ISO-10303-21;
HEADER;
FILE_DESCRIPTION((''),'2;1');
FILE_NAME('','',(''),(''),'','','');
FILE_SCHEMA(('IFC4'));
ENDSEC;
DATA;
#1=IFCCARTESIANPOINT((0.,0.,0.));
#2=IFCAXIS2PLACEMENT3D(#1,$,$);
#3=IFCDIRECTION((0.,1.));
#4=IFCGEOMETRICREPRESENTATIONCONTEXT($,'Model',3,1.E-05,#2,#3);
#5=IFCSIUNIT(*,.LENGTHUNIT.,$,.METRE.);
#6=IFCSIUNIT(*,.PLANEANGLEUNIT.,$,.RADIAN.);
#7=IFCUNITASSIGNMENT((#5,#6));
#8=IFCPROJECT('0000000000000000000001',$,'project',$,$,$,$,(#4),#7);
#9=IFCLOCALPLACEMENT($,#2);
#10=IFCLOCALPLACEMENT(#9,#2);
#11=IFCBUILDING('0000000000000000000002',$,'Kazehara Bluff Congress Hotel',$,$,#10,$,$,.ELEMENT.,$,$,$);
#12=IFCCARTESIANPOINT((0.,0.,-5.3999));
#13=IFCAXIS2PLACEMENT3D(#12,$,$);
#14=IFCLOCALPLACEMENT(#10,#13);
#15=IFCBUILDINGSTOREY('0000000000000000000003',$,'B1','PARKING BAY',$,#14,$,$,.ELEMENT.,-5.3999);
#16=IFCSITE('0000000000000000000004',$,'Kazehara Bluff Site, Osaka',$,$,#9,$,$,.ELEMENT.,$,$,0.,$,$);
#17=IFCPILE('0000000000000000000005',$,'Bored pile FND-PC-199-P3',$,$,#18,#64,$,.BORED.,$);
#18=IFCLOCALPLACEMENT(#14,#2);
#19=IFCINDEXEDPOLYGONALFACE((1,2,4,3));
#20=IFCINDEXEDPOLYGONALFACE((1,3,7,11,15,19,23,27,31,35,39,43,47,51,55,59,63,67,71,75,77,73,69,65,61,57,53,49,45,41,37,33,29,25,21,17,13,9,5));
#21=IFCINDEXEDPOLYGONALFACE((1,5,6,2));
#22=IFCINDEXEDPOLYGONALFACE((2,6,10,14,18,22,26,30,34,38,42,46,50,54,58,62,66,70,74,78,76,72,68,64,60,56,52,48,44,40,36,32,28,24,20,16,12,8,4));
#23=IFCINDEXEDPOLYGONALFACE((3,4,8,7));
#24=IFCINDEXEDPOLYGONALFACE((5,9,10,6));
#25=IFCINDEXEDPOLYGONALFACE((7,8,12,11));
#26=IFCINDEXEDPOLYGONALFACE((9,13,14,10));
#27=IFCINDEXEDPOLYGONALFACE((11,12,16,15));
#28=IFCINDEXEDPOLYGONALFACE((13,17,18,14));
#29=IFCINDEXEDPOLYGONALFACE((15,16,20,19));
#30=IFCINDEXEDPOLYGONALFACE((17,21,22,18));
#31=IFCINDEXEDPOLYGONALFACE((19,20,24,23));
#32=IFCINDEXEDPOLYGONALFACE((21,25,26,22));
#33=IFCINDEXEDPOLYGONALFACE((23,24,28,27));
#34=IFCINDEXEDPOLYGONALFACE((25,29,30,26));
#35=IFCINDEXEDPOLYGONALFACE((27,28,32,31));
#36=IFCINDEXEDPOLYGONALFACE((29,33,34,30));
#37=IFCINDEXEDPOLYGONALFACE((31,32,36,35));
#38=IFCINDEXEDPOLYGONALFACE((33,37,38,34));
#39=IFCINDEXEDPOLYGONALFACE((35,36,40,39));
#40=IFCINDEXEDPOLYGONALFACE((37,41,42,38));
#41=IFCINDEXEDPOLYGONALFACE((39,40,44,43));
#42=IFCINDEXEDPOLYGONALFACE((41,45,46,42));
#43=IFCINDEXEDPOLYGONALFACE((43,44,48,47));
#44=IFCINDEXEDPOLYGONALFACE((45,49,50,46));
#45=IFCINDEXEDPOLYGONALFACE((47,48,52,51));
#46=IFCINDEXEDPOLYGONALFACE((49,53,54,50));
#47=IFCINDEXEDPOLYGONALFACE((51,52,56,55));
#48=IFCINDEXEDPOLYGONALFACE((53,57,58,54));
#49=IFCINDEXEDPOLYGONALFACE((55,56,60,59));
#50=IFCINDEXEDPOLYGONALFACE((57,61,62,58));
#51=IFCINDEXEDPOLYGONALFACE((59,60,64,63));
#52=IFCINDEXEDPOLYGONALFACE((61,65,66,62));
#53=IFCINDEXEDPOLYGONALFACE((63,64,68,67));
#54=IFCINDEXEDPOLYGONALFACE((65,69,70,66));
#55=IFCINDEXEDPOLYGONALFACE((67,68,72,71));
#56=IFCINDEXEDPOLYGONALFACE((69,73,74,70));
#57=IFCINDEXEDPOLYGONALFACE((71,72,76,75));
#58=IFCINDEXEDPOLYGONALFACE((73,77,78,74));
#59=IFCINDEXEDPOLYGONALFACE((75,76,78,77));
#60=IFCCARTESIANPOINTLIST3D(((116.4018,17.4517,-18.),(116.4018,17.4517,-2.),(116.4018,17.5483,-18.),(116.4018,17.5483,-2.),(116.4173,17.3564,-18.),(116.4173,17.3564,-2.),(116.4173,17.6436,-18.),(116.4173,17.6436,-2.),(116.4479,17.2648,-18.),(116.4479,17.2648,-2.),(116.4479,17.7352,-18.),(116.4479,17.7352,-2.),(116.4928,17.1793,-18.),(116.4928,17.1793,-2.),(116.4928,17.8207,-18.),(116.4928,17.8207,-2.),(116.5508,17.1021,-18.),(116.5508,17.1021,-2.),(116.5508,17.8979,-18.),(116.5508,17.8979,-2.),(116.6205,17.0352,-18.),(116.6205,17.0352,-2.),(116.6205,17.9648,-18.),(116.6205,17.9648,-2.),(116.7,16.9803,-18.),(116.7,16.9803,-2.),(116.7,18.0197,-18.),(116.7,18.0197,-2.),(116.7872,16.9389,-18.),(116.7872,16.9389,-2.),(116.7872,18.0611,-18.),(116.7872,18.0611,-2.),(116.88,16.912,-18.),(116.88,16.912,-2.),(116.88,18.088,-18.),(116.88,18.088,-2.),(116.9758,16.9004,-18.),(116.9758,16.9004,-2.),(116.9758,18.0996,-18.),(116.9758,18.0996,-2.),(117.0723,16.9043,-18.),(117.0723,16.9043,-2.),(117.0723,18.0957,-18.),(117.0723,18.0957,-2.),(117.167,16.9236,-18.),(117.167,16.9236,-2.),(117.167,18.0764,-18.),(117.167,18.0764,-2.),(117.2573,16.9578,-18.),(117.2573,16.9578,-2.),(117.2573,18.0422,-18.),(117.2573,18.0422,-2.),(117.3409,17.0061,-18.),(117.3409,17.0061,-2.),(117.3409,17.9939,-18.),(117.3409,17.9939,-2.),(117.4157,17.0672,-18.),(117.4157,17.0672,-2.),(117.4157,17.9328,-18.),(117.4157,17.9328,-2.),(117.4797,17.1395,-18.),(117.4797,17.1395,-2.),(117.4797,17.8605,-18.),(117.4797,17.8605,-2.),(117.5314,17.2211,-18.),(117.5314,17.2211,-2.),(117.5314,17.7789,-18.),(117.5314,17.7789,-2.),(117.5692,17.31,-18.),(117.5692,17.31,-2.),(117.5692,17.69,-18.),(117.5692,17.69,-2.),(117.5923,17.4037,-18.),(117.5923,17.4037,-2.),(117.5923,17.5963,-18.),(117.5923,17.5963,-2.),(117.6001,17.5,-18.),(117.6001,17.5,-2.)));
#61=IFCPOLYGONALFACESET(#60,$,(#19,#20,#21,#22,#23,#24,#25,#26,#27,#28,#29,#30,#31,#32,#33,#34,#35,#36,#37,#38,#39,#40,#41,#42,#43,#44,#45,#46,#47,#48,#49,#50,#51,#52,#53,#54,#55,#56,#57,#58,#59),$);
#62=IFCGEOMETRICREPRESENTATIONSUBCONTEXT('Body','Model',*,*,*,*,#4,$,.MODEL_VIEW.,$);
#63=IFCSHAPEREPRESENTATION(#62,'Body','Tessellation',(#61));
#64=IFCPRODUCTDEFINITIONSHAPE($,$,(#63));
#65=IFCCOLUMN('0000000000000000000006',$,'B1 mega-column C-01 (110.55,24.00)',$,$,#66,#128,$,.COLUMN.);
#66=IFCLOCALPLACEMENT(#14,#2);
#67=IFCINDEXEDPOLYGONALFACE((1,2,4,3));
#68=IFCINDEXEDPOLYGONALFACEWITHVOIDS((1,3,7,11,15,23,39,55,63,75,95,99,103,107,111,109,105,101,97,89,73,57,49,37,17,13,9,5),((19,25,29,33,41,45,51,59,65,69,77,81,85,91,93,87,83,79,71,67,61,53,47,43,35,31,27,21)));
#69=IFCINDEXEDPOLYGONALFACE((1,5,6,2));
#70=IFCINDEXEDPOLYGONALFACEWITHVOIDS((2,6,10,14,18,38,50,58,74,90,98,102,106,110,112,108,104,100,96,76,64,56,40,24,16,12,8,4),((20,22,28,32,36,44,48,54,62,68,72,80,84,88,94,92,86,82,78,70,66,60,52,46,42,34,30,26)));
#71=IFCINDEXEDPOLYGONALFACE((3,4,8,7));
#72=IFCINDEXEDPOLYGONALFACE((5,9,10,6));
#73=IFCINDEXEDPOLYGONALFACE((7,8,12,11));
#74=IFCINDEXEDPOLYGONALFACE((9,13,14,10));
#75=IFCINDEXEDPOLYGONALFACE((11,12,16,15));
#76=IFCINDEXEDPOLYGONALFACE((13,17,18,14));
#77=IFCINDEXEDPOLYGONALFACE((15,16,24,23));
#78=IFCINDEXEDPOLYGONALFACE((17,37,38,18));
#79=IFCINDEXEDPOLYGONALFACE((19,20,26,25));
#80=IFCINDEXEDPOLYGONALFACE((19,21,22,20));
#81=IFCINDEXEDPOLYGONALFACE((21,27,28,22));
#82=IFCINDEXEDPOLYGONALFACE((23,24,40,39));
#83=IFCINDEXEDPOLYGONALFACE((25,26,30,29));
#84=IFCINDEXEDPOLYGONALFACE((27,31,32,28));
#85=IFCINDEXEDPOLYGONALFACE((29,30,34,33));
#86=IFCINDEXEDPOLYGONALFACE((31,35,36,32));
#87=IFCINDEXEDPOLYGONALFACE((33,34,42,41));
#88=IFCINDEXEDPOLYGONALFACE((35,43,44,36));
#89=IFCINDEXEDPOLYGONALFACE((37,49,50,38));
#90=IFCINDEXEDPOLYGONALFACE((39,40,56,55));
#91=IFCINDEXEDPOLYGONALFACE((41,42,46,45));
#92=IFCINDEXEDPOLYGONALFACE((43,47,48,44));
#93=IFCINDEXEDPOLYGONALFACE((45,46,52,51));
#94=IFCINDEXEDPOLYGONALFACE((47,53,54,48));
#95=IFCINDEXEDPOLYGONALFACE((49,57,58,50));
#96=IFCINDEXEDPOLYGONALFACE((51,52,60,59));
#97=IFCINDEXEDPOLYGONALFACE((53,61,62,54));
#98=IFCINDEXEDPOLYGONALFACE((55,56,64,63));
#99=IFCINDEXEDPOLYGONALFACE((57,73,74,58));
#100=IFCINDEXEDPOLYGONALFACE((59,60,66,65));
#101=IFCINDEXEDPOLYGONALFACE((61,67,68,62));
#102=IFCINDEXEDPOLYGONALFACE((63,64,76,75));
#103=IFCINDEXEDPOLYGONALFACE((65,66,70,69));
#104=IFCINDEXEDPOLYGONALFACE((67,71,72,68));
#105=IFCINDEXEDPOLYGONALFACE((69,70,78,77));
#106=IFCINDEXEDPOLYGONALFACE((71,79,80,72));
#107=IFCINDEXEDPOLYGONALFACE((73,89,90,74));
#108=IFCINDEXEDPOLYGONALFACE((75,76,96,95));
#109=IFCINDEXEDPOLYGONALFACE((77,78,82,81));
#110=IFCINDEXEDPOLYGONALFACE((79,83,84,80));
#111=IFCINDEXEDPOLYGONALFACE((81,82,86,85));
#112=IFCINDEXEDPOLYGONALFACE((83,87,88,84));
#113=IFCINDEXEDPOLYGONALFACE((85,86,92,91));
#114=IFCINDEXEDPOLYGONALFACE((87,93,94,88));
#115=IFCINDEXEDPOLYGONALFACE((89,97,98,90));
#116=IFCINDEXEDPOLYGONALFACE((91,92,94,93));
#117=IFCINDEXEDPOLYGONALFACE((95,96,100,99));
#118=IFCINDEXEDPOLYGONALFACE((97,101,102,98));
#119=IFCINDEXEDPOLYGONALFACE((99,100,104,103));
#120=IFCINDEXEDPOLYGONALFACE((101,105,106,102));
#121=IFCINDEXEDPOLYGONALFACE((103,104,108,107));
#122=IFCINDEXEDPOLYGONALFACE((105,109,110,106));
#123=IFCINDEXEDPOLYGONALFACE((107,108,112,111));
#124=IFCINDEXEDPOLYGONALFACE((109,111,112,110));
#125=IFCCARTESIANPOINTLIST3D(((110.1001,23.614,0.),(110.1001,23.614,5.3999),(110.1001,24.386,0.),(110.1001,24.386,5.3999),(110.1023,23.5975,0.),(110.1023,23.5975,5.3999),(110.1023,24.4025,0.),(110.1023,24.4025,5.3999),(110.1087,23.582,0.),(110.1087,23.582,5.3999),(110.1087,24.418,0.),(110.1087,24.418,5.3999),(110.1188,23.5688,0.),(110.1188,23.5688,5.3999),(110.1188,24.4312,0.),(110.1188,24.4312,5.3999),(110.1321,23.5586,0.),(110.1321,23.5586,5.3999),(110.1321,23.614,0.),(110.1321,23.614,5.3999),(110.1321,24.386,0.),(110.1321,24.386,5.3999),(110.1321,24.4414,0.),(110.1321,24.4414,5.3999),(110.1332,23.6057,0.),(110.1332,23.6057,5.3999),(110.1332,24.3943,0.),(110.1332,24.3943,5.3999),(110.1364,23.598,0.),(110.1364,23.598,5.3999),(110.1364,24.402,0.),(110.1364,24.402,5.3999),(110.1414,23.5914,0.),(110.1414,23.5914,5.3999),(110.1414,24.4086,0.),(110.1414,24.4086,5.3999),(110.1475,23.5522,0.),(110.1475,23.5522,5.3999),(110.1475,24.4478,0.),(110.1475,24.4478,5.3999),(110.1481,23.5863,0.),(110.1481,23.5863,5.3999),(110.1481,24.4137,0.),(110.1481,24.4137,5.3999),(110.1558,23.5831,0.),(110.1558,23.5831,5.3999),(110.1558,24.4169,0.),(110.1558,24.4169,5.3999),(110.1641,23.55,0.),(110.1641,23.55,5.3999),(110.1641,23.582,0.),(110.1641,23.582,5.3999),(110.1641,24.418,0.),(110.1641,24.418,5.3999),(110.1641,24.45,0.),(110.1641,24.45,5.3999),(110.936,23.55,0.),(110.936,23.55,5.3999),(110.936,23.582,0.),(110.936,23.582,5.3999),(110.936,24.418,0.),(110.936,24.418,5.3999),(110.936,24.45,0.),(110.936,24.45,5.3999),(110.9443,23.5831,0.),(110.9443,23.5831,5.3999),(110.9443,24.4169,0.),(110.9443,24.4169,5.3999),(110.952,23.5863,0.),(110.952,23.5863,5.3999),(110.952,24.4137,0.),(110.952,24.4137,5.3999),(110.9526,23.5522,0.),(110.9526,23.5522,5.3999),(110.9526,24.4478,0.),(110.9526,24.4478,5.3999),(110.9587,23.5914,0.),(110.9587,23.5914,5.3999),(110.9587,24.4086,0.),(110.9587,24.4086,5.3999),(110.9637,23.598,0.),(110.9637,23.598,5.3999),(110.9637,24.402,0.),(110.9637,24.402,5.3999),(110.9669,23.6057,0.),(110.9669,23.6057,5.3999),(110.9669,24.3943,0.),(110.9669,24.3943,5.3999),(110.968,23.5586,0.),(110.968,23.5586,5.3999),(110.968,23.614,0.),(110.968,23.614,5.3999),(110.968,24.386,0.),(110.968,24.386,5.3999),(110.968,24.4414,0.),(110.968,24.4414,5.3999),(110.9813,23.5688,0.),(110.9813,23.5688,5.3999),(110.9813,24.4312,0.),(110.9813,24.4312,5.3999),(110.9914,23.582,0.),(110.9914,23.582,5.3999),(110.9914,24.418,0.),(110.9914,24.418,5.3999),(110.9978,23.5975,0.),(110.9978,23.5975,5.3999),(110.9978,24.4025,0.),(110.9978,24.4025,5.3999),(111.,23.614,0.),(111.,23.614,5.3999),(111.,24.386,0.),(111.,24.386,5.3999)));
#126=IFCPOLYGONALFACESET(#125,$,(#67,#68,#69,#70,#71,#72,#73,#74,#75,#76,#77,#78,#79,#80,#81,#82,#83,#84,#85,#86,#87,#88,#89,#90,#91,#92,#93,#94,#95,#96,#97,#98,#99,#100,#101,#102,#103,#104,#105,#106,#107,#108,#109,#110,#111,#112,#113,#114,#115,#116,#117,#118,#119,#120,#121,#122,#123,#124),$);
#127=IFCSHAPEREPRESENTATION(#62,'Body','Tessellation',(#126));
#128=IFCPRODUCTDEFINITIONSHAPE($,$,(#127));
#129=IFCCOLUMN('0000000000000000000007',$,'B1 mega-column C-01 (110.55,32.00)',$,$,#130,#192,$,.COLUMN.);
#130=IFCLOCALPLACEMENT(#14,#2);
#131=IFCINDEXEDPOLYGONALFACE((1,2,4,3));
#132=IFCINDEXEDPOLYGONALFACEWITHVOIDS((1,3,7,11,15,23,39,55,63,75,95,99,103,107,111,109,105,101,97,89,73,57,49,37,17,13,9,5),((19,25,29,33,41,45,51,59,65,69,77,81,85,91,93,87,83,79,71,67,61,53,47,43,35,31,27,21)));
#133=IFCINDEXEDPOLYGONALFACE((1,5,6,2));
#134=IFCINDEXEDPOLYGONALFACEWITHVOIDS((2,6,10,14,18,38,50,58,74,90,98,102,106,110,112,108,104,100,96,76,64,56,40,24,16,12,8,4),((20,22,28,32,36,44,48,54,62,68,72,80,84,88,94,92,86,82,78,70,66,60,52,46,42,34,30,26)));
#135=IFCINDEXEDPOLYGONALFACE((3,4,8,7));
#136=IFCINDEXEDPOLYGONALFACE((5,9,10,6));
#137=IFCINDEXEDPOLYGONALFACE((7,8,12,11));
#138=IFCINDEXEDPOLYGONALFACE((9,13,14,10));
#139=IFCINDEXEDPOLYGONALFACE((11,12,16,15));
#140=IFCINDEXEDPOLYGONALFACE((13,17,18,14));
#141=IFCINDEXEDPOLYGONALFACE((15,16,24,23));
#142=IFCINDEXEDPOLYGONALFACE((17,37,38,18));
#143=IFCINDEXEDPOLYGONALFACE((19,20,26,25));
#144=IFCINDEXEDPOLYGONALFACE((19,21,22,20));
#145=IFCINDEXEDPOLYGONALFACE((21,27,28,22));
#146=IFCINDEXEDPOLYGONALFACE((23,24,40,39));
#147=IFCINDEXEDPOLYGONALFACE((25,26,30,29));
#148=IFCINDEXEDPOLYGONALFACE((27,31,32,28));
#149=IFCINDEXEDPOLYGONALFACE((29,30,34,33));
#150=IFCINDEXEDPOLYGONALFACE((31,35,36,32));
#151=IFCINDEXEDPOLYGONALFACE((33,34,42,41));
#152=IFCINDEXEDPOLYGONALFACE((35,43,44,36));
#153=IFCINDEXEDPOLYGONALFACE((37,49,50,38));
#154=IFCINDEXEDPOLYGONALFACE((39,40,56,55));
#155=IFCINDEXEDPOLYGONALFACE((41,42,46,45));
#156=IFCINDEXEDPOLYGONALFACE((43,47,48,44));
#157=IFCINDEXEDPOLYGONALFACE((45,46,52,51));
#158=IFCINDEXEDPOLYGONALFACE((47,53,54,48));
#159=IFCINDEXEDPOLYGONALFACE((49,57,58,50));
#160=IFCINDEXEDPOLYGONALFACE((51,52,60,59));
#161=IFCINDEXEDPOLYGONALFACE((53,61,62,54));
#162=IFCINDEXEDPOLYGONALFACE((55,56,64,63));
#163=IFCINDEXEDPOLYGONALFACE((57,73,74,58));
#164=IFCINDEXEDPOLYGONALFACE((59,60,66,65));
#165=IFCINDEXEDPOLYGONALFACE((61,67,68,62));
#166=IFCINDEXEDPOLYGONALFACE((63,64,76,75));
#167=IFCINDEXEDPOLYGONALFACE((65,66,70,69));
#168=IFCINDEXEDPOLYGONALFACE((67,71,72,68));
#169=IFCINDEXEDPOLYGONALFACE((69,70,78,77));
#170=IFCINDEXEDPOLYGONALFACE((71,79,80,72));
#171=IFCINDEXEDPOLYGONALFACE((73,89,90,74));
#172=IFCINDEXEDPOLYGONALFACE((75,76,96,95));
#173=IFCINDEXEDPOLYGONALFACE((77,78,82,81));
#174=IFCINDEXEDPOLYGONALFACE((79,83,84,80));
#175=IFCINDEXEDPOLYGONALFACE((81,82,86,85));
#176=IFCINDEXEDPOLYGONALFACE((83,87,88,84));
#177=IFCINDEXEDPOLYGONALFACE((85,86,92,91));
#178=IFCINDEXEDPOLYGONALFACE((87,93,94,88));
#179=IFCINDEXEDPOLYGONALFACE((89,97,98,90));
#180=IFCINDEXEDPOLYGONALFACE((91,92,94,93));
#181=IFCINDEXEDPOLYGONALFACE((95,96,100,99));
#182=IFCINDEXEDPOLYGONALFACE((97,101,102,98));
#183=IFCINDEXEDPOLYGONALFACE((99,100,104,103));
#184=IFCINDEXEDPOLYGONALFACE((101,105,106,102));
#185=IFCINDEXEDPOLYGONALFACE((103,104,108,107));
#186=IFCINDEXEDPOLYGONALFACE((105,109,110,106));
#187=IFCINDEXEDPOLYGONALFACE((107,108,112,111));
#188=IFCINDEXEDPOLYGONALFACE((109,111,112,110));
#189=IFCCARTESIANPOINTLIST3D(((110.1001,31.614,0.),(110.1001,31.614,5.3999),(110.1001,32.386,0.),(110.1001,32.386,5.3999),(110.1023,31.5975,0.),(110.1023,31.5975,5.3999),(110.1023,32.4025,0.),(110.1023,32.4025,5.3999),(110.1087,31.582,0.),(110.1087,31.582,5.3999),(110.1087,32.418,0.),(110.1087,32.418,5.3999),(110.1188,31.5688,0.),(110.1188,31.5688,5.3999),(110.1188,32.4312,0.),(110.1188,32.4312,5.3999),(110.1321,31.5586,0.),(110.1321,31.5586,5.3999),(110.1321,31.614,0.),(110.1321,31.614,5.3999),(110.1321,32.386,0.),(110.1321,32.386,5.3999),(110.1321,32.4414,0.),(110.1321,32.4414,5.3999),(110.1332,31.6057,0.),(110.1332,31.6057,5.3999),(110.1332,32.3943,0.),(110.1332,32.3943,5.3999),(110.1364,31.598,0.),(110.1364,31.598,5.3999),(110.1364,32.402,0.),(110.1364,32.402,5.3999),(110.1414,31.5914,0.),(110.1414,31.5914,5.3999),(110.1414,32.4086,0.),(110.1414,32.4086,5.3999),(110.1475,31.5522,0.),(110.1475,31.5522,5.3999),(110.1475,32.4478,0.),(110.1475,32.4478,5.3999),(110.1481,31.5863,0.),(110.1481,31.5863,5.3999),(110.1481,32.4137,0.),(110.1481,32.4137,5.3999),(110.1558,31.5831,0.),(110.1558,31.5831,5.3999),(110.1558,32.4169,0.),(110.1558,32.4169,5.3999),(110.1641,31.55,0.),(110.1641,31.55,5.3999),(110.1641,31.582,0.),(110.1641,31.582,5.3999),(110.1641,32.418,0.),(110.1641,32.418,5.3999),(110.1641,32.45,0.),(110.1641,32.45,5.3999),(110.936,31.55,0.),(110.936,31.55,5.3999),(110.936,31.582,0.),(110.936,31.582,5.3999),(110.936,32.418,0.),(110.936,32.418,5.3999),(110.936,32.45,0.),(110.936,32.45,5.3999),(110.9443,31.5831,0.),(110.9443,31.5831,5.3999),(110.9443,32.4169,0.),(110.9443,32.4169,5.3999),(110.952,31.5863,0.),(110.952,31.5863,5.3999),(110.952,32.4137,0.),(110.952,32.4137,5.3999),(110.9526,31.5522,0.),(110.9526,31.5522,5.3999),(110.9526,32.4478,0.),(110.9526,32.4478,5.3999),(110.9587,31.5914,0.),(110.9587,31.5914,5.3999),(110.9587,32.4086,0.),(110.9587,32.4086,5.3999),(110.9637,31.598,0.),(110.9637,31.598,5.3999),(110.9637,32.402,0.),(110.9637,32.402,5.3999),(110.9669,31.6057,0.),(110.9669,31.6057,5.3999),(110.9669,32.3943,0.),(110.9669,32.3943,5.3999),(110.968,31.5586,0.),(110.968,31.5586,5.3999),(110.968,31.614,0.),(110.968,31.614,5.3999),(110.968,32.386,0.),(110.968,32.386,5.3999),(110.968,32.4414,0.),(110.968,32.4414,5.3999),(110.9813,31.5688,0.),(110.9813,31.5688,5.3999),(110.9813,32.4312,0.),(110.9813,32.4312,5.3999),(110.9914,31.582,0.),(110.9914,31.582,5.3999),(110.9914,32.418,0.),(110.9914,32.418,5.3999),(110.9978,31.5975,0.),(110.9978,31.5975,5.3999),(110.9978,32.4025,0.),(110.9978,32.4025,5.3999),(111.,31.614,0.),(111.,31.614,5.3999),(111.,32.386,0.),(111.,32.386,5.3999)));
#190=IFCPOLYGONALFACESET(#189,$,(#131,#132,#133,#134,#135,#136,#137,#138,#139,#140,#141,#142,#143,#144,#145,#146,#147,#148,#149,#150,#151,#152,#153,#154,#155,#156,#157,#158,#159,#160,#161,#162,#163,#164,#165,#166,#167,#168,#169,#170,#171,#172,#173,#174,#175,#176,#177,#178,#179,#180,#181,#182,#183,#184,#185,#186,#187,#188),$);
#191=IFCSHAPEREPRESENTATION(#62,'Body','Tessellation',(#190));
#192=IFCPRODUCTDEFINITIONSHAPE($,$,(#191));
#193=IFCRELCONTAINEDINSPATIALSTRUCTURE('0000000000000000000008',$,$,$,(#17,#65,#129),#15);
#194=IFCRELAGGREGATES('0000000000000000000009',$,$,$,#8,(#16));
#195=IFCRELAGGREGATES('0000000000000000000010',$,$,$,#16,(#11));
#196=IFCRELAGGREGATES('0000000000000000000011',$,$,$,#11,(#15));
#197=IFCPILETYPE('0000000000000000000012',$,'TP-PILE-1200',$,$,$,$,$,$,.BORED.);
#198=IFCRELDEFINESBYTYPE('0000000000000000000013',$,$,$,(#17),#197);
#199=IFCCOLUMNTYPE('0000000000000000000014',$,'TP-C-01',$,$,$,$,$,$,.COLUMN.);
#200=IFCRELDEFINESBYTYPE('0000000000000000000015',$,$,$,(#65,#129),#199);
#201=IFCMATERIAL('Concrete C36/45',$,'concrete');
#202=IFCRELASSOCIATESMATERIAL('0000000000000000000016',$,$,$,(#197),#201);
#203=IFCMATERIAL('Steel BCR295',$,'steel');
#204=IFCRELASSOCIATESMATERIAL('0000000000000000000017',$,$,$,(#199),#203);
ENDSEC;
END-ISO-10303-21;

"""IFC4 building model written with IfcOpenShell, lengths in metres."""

from ifc_helpers import new_model, si_unit, direction, frame, origin, origin_2d, place, context, subcontext, project, spatial, hollow_rectangle, circle, extrude, material, material_profile, profile_set, type_object, element, save


model = new_model("IFC4")

# Units and contexts
model_context = context("Model", 3, precision=1e-05, world=origin(), true_north=direction((0.0, 1.0)))
body_context = subcontext(model_context, "Body", "Model", "MODEL_VIEW")
ifc_project = project(units=[si_unit("LENGTHUNIT", "METRE"), si_unit("PLANEANGLEUNIT", "RADIAN")], contexts=[model_context])

# Site, building, storey
site_placement = place(None, origin())
site = spatial("IfcSite", under=ifc_project, at=site_placement, Name="Kazehara Bluff Site, Osaka", CompositionType="ELEMENT", RefElevation=0.0)
building_placement = place(site_placement, origin())
building = spatial("IfcBuilding", under=site, at=building_placement, Name="Kazehara Bluff Congress Hotel", CompositionType="ELEMENT")
storey_placement = place(building_placement, frame((0.0, 0.0, -5.3999)))
storey = spatial("IfcBuildingStorey", under=building, at=storey_placement, Name="B1", Description="PARKING BAY", CompositionType="ELEMENT", Elevation=-5.3999)

# Pile
ifc_material_1 = material(Name="Concrete C36/45", Category="concrete")
ifc_material_profile_1 = material_profile(ifc_material_1, circle(Radius=0.6001, at=origin_2d()))
ifc_profile_set_1 = profile_set([ifc_material_profile_1], Name="Concrete C36/45")
pile_type = type_object("IfcPileType", Name="TP-PILE-1200", PredefinedType="BORED", material=ifc_profile_set_1)
for number, where, z_axis, x_axis, name in (
    (1, (117.0, 17.5, -2.0), (0.0, 0.0, -1.0), (1.0, 0.0, 0.0), "Bored pile FND-PC-199-P3"),
):
    element("IfcPile", number, at=place(storey_placement, frame(where, z_axis=z_axis, x_axis=x_axis)), inside=storey, type_object=pile_type, Name=name, PredefinedType="BORED", context=body_context, shape_type="SweptSolid", body=[
        extrude(circle(Radius=0.6001, at=origin_2d()), origin(), (0.0, 0.0, 1.0), 16.0),
    ])

# Columns
ifc_material_2 = material(Name="Steel BCR295", Category="steel")
ifc_material_profile_2 = material_profile(ifc_material_2, hollow_rectangle(XDim=0.8999, YDim=0.8999, WallThickness=0.032, InnerFilletRadius=0.032, OuterFilletRadius=0.064, at=origin_2d()))
ifc_profile_set_2 = profile_set([ifc_material_profile_2], Name="Steel BCR295")
column_type_1 = type_object("IfcColumnType", Name="TP-C-01", PredefinedType="COLUMN", material=ifc_profile_set_2)
for number, where, z_axis, x_axis, name in (
    (2, (110.55, 24.0, 0.0), (0.0, 0.0, 1.0), (1.0, 0.0, 0.0), "B1 mega-column C-01 (110.55,24.00)"),
    (3, (110.55, 32.0, 0.0), (0.0, 0.0, 1.0), (1.0, 0.0, 0.0), "B1 mega-column C-01 (110.55,32.00)"),
):
    element("IfcColumn", number, at=place(storey_placement, frame(where, z_axis=z_axis, x_axis=x_axis)), inside=storey, type_object=column_type_1, Name=name, PredefinedType="COLUMN", context=body_context, shape_type="SweptSolid", body=[
        extrude(hollow_rectangle(XDim=0.8999, YDim=0.8999, WallThickness=0.032, InnerFilletRadius=0.032, OuterFilletRadius=0.064, at=origin_2d()), origin(), (0.0, 0.0, 1.0), 5.3999),
    ])

save(model, "model.ifc")
